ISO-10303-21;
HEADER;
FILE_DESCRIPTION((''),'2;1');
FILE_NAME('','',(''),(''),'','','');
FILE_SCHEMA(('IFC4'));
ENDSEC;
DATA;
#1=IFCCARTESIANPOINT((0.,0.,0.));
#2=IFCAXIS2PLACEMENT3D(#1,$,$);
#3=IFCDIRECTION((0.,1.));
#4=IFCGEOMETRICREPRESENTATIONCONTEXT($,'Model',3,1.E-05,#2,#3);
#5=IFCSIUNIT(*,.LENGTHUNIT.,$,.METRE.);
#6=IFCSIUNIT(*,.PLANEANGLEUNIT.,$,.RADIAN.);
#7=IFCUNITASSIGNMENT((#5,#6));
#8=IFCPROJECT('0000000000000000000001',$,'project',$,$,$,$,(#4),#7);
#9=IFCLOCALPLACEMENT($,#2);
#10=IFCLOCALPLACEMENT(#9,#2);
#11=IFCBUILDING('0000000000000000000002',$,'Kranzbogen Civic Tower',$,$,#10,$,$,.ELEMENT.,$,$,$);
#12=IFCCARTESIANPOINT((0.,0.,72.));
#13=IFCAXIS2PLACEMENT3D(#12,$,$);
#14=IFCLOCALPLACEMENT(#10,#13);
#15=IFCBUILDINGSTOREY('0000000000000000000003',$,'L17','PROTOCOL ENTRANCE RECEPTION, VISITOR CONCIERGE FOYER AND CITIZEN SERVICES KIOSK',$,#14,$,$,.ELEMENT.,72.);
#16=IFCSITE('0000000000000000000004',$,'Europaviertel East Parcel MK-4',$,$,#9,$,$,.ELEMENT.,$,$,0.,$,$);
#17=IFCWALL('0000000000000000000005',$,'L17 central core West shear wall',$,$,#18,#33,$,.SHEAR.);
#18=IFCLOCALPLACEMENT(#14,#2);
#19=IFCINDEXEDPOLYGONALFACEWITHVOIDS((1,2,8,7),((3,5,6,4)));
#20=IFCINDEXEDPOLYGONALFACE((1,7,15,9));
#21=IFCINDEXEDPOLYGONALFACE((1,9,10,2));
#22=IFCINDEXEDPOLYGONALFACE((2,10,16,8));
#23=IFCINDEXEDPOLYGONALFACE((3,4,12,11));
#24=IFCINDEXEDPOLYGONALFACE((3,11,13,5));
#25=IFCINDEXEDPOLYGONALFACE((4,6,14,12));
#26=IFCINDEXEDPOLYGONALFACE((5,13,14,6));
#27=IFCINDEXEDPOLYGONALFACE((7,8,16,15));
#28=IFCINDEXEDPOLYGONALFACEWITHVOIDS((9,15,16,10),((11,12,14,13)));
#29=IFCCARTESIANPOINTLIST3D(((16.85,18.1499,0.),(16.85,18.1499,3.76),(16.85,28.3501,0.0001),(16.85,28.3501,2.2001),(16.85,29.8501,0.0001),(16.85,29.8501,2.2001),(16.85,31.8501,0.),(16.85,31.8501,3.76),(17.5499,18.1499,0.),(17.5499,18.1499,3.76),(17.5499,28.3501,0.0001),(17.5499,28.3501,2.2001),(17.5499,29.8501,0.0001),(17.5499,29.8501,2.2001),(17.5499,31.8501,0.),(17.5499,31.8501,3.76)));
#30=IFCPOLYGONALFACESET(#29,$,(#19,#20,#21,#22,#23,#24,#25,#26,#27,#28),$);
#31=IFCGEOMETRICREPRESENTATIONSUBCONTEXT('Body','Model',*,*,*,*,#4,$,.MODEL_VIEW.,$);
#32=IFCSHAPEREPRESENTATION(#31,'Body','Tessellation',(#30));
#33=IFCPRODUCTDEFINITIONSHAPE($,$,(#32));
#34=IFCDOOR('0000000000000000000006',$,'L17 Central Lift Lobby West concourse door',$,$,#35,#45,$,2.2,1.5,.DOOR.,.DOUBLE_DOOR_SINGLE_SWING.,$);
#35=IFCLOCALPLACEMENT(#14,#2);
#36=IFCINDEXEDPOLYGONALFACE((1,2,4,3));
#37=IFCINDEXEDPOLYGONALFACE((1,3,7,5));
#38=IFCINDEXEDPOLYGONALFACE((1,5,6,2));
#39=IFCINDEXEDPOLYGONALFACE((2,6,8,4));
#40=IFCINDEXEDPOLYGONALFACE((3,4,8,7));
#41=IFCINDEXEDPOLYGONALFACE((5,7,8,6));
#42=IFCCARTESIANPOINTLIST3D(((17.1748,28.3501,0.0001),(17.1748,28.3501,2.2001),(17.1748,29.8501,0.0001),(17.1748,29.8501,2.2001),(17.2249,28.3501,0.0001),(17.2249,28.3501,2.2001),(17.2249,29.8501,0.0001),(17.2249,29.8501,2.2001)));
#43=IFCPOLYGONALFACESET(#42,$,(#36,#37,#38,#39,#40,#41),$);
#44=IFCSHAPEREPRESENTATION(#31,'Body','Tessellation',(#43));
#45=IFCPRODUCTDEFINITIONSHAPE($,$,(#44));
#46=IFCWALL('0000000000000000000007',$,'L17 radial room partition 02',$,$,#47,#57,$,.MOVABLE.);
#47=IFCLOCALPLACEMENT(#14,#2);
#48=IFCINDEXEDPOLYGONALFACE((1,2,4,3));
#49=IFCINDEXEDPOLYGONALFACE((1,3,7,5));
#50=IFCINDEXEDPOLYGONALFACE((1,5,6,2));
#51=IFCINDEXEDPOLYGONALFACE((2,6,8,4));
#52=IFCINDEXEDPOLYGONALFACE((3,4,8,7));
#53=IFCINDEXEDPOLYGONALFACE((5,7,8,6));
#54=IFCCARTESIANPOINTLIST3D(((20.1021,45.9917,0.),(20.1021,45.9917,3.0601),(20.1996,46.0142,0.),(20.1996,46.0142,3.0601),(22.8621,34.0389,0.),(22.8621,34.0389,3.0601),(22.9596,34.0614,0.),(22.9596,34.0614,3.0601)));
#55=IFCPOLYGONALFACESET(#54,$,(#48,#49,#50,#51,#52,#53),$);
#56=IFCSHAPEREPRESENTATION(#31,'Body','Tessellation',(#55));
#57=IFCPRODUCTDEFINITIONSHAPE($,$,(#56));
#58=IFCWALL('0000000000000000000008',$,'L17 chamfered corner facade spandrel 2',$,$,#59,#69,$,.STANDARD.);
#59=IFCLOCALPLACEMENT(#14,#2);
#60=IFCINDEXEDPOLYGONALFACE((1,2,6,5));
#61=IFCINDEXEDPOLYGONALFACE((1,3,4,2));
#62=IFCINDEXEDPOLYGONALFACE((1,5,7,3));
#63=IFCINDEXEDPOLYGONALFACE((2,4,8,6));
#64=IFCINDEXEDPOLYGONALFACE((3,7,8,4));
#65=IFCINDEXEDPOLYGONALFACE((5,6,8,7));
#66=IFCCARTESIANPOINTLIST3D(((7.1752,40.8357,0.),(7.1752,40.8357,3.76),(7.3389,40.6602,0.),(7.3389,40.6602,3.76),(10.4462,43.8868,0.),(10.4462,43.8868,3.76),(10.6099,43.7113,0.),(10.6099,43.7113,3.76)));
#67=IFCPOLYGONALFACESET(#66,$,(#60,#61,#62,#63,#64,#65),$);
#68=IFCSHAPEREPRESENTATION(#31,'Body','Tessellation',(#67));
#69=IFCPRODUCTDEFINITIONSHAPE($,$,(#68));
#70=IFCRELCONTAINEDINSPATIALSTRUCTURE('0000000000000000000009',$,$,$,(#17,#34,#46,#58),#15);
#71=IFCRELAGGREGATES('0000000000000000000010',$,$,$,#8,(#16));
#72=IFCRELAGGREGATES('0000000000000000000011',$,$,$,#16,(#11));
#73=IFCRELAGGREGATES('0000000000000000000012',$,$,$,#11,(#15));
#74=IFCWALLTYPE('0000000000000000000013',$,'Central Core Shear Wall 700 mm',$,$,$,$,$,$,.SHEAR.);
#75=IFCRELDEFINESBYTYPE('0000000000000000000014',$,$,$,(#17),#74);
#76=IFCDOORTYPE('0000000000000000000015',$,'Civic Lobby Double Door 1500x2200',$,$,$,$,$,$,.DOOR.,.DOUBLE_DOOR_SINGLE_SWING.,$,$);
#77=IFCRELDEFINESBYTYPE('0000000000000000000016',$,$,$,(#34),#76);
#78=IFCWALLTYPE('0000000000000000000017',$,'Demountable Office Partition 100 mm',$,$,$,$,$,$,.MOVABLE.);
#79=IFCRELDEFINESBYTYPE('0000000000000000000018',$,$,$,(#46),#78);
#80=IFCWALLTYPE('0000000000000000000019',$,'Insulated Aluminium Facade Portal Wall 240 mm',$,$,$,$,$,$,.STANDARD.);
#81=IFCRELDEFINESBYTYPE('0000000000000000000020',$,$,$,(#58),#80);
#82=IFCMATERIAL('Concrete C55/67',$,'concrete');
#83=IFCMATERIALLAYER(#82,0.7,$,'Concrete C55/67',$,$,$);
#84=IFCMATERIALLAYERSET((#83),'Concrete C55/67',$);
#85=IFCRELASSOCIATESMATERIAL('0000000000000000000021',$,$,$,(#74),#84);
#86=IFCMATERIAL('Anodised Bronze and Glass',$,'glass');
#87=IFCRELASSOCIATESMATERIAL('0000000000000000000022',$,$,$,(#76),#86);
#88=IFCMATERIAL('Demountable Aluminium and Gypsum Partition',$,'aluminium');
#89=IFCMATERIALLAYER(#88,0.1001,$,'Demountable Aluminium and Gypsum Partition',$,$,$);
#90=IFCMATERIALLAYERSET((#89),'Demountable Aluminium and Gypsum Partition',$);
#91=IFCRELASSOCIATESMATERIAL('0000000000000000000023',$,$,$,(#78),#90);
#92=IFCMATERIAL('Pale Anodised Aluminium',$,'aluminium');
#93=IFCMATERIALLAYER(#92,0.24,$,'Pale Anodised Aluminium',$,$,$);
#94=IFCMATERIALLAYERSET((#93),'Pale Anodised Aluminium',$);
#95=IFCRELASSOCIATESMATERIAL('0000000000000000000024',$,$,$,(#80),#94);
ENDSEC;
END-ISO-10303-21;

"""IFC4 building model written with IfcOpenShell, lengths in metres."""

from ifc_helpers import new_model, si_unit, direction, frame, frame_2d, origin, place, context, subcontext, project, spatial, rectangle, extrude, material, layer, layer_set, type_object, element, fill, save


model = new_model("IFC4")

# Units and contexts
model_context = context("Model", 3, precision=1e-05, world=origin(), true_north=direction((0.0, 1.0)))
body_context = subcontext(model_context, "Body", "Model", "MODEL_VIEW")
ifc_project = project(units=[si_unit("LENGTHUNIT", "METRE"), si_unit("PLANEANGLEUNIT", "RADIAN")], contexts=[model_context])

# Site, building, storey
site_placement = place(None, origin())
site = spatial("IfcSite", under=ifc_project, at=site_placement, Name="Europaviertel East Parcel MK-4", CompositionType="ELEMENT", RefElevation=0.0)
building_placement = place(site_placement, origin())
building = spatial("IfcBuilding", under=site, at=building_placement, Name="Kranzbogen Civic Tower", CompositionType="ELEMENT")
storey_placement = place(building_placement, frame((0.0, 0.0, 72.0)))
storey = spatial("IfcBuildingStorey", under=building, at=storey_placement, Name="L17", Description="PROTOCOL ENTRANCE RECEPTION, VISITOR CONCIERGE FOYER AND CITIZEN SERVICES KIOSK", CompositionType="ELEMENT", Elevation=72.0)

# Shared definitions
ifc_material_1 = material(Name="Pale Anodised Aluminium", Category="aluminium")

# Wall, opening, door
ifc_material_2 = material(Name="Concrete C55/67", Category="concrete")
ifc_layer_1 = layer(ifc_material_2, 0.7, Name="Concrete C55/67")
ifc_layer_set_1 = layer_set([ifc_layer_1], Name="Concrete C55/67")
wall_type_1 = type_object("IfcWallType", Name="Central Core Shear Wall 700 mm", PredefinedType="SHEAR", material=ifc_layer_set_1)
wall_1_placement = place(storey_placement, frame((17.2, 31.8501, 0.0), z_axis=(0.0, 0.0, 1.0), x_axis=(0.0, -1.0, 0.0)))
wall_1 = element("IfcWall", 1, at=wall_1_placement, inside=storey, type_object=wall_type_1, Name="L17 central core West shear wall", PredefinedType="SHEAR", context=body_context, shape_type="SweptSolid", body=[
    extrude(rectangle(XDim=13.7002, YDim=0.7, at=frame_2d((6.8501, 0.0))), origin(), (0.0, 0.0, 1.0), 3.76),
])
opening_1_placement = place(wall_1_placement, frame((2.0, 0.0, 0.0)))
opening_1 = element("IfcOpeningElement", 2, at=opening_1_placement, cuts=wall_1, PredefinedType="OPENING", context=body_context, shape_type="SweptSolid", body=[
    extrude(rectangle(XDim=1.5, YDim=2.2, at=frame_2d((0.75, 1.1001))), frame((0.0, 0.3599, 0.0), z_axis=(0.0, -1.0, 0.0), x_axis=(1.0, 0.0, 0.0)), (0.0, 0.0, 1.0), 0.72),
])
ifc_material_3 = material(Name="Anodised Bronze and Glass", Category="glass")
door_type_1 = type_object("IfcDoorType", Name="Civic Lobby Double Door 1500x2200", OperationType="DOUBLE_DOOR_SINGLE_SWING", PredefinedType="DOOR", material=ifc_material_3)
door_1_placement = place(opening_1_placement, origin())
door_1 = element("IfcDoor", 3, at=door_1_placement, inside=storey, type_object=door_type_1, Name="L17 Central Lift Lobby West concourse door", OperationType="DOUBLE_DOOR_SINGLE_SWING", OverallHeight=2.2, OverallWidth=1.5, PredefinedType="DOOR", context=body_context, shape_type="SweptSolid", body=[
    extrude(rectangle(XDim=1.5, YDim=2.2, at=frame_2d((0.75, 1.1001))), frame((0.0, 0.0249, 0.0), z_axis=(0.0, -1.0, 0.0), x_axis=(1.0, 0.0, 0.0)), (0.0, 0.0, 1.0), 0.05),
])
fill(opening_1, door_1)

# Walls
ifc_material_4 = material(Name="Demountable Aluminium and Gypsum Partition", Category="aluminium")
ifc_layer_2 = layer(ifc_material_4, 0.1001, Name="Demountable Aluminium and Gypsum Partition")
ifc_layer_set_2 = layer_set([ifc_layer_2], Name="Demountable Aluminium and Gypsum Partition")
wall_type_2 = type_object("IfcWallType", Name="Demountable Office Partition 100 mm", PredefinedType="MOVABLE", material=ifc_layer_set_2)
wall_2_placement = place(storey_placement, frame((22.9109, 34.05, 0.0), z_axis=(0.0, 0.0, 1.0), x_axis=(-0.224987, 0.974362, 0.0)))
element("IfcWall", 4, at=wall_2_placement, inside=storey, type_object=wall_type_2, Name="L17 radial room partition 02", PredefinedType="MOVABLE", context=body_context, shape_type="SweptSolid", body=[
    extrude(rectangle(XDim=12.2673, YDim=0.1001, at=frame_2d((6.1338, 0.0))), origin(), (0.0, 0.0, 1.0), 3.0601),
])
ifc_layer_3 = layer(ifc_material_1, 0.24, Name="Pale Anodised Aluminium")
ifc_layer_set_3 = layer_set([ifc_layer_3], Name="Pale Anodised Aluminium")
wall_type_3 = type_object("IfcWallType", Name="Insulated Aluminium Facade Portal Wall 240 mm", PredefinedType="STANDARD", material=ifc_layer_set_3)
wall_3_placement = place(storey_placement, frame((10.5281, 43.7991, 0.0), z_axis=(0.0, 0.0, 1.0), x_axis=(-0.731268, -0.682091, 0.0)))
element("IfcWall", 5, at=wall_3_placement, inside=storey, type_object=wall_type_3, Name="L17 chamfered corner facade spandrel 2", PredefinedType="STANDARD", context=body_context, shape_type="SweptSolid", body=[
    extrude(rectangle(XDim=4.4731, YDim=0.24, at=frame_2d((2.2366, 0.0))), origin(), (0.0, 0.0, 1.0), 3.76),
])

save(model, "model.ifc")
